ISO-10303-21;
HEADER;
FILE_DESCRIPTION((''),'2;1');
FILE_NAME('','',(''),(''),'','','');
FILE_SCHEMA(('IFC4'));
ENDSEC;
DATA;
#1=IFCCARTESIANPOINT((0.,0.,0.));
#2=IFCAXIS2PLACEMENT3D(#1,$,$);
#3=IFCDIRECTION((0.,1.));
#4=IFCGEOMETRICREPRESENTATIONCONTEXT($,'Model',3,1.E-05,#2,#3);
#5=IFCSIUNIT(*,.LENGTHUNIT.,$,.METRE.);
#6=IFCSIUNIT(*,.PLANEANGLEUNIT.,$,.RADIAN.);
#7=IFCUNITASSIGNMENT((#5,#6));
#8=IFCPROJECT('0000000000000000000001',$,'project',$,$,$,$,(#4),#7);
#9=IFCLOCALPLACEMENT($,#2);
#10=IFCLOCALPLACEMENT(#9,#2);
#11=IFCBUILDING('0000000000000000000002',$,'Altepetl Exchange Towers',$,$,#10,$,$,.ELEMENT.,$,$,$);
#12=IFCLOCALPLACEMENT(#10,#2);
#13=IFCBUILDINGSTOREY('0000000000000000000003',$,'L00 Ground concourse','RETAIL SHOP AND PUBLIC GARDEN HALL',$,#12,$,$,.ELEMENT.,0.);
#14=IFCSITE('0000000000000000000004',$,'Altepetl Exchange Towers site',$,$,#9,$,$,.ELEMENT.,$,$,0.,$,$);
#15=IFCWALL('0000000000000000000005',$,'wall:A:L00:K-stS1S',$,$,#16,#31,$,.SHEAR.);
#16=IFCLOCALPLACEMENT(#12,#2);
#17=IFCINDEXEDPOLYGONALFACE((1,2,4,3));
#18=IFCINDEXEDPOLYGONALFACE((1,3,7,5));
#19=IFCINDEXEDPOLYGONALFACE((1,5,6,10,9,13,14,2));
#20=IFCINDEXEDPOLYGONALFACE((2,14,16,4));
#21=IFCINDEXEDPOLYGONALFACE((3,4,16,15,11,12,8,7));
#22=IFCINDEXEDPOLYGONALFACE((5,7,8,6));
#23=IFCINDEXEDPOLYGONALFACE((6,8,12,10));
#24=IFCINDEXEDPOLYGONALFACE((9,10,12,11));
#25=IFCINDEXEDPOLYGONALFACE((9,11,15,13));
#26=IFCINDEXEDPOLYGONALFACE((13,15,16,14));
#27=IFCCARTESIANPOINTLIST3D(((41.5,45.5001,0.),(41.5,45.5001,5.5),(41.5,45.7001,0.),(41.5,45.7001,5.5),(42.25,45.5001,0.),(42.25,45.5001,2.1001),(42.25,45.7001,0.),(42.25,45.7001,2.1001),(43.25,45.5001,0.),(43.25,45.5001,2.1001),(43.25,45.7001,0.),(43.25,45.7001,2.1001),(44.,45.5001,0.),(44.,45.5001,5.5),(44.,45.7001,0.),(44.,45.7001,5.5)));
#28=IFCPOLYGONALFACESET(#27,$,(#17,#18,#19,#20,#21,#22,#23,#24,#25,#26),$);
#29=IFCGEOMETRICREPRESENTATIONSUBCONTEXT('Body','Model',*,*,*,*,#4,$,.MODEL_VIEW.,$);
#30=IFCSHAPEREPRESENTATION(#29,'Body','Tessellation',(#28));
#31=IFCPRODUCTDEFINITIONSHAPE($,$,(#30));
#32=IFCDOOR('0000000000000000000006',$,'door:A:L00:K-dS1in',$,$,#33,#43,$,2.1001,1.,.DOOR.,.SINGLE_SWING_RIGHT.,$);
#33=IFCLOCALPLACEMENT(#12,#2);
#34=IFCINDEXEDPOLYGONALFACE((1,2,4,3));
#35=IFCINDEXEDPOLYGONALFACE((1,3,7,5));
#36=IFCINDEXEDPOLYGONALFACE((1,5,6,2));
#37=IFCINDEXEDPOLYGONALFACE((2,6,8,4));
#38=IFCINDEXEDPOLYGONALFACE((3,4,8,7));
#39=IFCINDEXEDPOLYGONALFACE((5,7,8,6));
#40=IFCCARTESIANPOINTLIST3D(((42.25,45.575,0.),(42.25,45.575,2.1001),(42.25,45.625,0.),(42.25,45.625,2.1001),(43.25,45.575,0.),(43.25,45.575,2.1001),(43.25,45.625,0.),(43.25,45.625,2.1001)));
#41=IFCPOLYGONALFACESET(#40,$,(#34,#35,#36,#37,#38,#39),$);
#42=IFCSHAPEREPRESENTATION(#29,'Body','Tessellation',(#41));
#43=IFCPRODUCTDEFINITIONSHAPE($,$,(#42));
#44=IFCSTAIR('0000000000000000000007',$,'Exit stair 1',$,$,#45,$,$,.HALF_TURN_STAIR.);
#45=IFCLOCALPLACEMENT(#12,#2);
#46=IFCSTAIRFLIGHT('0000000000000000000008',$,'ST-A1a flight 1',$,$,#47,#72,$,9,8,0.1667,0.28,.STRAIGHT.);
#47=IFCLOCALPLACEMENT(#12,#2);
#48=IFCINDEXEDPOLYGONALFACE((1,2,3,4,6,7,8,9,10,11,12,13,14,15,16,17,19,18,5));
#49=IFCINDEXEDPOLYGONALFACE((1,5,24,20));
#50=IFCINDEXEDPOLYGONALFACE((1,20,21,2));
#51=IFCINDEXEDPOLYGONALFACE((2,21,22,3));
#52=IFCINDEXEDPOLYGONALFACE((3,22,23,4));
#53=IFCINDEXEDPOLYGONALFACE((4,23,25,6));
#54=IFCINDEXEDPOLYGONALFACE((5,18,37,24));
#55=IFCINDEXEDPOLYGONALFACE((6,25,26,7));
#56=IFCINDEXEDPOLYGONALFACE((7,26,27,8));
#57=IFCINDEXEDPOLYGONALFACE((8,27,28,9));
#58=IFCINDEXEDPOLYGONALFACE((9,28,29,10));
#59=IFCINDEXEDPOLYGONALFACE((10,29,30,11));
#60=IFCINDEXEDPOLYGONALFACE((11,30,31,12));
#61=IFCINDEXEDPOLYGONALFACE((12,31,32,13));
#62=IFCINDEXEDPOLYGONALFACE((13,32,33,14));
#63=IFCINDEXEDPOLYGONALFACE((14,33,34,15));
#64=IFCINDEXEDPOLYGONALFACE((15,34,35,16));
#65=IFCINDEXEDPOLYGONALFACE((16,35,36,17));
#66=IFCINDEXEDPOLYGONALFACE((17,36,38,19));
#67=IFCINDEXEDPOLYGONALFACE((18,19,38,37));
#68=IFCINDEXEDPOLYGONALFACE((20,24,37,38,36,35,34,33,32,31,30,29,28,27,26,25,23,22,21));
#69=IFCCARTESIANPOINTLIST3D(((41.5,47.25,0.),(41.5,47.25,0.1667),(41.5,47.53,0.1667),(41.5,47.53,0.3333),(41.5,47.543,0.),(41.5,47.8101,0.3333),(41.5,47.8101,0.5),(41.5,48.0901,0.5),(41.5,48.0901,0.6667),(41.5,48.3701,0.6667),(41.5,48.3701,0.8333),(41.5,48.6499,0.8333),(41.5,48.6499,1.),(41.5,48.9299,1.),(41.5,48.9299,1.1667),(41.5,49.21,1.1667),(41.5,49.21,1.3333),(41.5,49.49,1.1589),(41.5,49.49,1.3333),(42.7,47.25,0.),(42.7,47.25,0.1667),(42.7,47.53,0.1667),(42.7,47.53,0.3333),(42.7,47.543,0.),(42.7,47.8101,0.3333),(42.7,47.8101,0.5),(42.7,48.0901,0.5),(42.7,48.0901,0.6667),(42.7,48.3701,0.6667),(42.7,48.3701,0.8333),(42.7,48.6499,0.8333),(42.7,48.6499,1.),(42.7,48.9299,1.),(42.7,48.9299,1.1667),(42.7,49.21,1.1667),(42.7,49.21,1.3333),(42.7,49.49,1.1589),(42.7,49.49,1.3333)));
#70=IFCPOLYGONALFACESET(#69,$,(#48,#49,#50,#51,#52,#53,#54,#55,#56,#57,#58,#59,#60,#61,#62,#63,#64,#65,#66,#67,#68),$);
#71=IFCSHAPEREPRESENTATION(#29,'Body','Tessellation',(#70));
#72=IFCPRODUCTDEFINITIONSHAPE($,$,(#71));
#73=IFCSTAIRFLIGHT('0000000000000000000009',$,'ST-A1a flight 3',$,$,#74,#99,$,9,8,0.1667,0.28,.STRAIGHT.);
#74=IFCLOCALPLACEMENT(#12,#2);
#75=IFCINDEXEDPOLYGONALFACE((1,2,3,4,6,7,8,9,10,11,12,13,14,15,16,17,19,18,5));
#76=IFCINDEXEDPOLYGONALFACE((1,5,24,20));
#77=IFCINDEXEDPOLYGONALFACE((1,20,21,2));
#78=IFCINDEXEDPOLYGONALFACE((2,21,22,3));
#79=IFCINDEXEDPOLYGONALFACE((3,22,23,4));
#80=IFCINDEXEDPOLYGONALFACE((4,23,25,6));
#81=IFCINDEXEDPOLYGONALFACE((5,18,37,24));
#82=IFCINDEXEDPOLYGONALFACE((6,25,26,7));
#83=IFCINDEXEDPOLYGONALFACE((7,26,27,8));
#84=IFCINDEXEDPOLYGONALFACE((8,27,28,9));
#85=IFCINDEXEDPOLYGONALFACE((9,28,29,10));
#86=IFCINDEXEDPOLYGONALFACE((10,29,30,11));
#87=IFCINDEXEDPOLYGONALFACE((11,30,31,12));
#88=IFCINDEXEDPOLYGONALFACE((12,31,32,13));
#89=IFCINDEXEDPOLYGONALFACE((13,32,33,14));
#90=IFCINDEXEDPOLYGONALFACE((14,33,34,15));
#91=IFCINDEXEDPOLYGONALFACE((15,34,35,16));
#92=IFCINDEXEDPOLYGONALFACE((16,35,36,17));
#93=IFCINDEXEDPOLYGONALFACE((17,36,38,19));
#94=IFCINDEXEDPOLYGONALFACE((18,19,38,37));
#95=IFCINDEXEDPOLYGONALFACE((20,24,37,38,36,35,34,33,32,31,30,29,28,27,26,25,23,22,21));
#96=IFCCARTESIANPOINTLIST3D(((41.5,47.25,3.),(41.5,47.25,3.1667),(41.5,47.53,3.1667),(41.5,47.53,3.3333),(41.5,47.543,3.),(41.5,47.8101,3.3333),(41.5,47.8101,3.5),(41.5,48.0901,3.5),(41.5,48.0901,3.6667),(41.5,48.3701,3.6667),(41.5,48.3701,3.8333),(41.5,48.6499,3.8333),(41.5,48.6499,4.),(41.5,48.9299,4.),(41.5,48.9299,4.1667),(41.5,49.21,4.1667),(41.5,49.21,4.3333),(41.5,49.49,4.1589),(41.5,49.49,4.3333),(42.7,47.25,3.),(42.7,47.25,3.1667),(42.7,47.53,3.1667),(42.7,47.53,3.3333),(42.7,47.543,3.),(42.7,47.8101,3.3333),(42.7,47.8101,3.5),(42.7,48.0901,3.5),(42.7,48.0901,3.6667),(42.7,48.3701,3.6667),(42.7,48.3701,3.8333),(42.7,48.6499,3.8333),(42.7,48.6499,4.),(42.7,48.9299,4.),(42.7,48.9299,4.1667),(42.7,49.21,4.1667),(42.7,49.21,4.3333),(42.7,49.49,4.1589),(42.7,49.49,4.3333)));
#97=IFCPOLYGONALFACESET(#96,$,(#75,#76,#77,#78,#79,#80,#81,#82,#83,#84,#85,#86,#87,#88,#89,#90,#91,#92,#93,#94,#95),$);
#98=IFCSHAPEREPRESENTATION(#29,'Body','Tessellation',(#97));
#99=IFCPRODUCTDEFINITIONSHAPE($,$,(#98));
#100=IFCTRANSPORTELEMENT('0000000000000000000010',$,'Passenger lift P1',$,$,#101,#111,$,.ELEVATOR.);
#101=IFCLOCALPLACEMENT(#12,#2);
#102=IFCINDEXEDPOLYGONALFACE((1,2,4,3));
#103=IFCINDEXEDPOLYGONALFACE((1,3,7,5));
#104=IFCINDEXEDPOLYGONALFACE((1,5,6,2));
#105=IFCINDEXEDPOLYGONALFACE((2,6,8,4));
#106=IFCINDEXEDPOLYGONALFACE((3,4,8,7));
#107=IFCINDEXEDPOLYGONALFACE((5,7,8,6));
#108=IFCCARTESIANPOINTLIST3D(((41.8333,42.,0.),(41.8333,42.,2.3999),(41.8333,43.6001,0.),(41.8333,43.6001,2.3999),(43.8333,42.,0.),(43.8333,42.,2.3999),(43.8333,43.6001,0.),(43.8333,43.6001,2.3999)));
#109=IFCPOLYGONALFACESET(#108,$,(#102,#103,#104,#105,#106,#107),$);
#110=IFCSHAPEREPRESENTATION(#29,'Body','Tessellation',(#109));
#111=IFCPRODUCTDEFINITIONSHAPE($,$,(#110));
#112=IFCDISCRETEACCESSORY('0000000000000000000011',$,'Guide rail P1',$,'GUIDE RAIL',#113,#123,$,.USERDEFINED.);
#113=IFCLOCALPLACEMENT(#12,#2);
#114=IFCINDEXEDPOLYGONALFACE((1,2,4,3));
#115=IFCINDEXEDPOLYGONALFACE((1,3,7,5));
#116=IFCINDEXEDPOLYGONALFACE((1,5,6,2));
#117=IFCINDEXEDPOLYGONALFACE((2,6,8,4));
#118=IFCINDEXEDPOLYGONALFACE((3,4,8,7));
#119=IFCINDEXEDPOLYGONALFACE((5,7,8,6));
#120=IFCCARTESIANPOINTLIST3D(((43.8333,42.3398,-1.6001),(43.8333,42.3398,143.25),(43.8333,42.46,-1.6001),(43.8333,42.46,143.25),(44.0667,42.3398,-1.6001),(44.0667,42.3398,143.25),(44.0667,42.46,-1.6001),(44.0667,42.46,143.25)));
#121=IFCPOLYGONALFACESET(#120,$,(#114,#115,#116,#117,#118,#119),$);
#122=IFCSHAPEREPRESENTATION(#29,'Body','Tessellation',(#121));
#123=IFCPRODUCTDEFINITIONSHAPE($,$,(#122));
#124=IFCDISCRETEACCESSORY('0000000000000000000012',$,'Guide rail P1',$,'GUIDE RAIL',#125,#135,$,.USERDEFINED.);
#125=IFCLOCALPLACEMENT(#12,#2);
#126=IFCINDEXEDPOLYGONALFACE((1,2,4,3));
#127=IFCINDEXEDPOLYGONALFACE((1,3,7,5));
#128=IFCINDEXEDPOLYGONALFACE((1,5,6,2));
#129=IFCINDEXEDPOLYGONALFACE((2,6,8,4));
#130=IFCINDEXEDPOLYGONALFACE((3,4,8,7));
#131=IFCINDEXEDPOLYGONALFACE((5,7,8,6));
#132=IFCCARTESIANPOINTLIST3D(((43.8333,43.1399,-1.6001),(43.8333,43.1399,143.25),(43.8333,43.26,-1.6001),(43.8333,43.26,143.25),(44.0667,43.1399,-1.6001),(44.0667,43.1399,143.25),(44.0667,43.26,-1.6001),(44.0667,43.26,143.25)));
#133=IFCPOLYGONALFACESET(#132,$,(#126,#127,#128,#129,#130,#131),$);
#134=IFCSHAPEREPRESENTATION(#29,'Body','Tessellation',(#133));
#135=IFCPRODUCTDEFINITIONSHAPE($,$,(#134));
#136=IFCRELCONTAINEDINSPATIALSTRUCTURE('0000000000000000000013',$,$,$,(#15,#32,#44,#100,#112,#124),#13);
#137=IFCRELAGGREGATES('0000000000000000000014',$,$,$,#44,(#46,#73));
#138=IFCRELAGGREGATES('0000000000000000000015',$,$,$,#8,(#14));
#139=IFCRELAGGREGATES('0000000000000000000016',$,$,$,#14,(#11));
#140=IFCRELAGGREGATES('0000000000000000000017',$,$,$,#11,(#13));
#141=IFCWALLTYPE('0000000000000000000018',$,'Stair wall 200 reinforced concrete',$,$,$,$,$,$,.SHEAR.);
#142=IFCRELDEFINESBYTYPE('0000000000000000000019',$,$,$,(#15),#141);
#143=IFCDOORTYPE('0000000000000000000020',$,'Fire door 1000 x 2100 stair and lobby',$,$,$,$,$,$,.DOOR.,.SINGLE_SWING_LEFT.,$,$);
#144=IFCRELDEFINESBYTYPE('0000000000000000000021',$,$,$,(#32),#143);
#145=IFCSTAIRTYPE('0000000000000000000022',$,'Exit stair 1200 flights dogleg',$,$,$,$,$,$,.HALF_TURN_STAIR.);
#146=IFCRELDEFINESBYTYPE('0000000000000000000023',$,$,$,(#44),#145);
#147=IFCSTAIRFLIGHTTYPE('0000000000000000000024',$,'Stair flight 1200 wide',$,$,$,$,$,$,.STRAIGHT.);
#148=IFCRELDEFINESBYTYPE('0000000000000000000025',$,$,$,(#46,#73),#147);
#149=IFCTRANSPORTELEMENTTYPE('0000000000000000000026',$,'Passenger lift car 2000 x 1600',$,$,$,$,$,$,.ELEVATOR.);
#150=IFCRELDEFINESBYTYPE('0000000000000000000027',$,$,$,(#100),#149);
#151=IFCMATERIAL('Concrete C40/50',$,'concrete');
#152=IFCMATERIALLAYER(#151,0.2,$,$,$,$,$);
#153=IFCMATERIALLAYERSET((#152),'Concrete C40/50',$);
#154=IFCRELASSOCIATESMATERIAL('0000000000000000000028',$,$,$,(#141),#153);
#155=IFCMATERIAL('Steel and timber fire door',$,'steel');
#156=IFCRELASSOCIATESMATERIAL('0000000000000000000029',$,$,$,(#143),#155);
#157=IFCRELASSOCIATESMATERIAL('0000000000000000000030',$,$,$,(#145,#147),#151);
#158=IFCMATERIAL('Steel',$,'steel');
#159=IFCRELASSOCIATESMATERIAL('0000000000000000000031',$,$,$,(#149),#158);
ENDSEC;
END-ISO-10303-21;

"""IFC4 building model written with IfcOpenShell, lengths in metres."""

from ifc_helpers import new_model, si_unit, direction, frame, frame_2d, origin, origin_2d, place, context, subcontext, project, spatial, polyline, rectangle, outline, extrude, material, layer, layer_set, type_object, element, fill, aggregate, save


model = new_model("IFC4")

# Units and contexts
model_context = context("Model", 3, precision=1e-05, world=origin(), true_north=direction((0.0, 1.0)))
body_context = subcontext(model_context, "Body", "Model", "MODEL_VIEW")
ifc_project = project(units=[si_unit("LENGTHUNIT", "METRE"), si_unit("PLANEANGLEUNIT", "RADIAN")], contexts=[model_context])

# Site, building, storey
site_placement = place(None, origin())
site = spatial("IfcSite", under=ifc_project, at=site_placement, Name="Altepetl Exchange Towers site", CompositionType="ELEMENT", RefElevation=0.0)
building_placement = place(site_placement, origin())
building = spatial("IfcBuilding", under=site, at=building_placement, Name="Altepetl Exchange Towers", CompositionType="ELEMENT")
storey_placement = place(building_placement, origin())
storey = spatial("IfcBuildingStorey", under=building, at=storey_placement, Name="L00 Ground concourse", Description="RETAIL SHOP AND PUBLIC GARDEN HALL", CompositionType="ELEMENT", Elevation=0.0)

# Shared definitions
ifc_material_1 = material(Name="Steel and timber fire door", Category="steel")

# Shared definitions
ifc_material_2 = material(Name="Concrete C40/50", Category="concrete")

# Wall, opening, door
ifc_layer_1 = layer(ifc_material_2, 0.2)
ifc_layer_set_1 = layer_set([ifc_layer_1], Name="Concrete C40/50")
wall_type_1 = type_object("IfcWallType", Name="Stair wall 200 reinforced concrete", PredefinedType="SHEAR", material=ifc_layer_set_1)
wall_1_placement = place(storey_placement, frame((41.5, 45.6001, 0.0)))
wall_1 = element("IfcWall", 1, at=wall_1_placement, inside=storey, type_object=wall_type_1, Name="wall:A:L00:K-stS1S", PredefinedType="SHEAR", context=body_context, shape_type="SweptSolid", body=[
    extrude(rectangle(XDim=2.5, YDim=0.2, at=frame_2d((1.25, 0.0))), origin(), (0.0, 0.0, 1.0), 5.5),
])
opening_1_placement = place(wall_1_placement, frame((0.75, 0.0, 0.0)))
opening_1 = element("IfcOpeningElement", 2, at=opening_1_placement, cuts=wall_1, PredefinedType="OPENING", context=body_context, shape_type="SweptSolid", body=[
    extrude(rectangle(XDim=1.0, YDim=2.1001, at=frame_2d((0.5, 1.05))), frame((0.0, 0.1099, 0.0), z_axis=(0.0, -1.0, 0.0), x_axis=(1.0, 0.0, 0.0)), (0.0, 0.0, 1.0), 0.22),
])
door_type_1 = type_object("IfcDoorType", Name="Fire door 1000 x 2100 stair and lobby", OperationType="SINGLE_SWING_LEFT", PredefinedType="DOOR", material=ifc_material_1)
door_1_placement = place(opening_1_placement, origin())
door_1 = element("IfcDoor", 3, at=door_1_placement, inside=storey, type_object=door_type_1, Name="door:A:L00:K-dS1in", OperationType="SINGLE_SWING_RIGHT", OverallHeight=2.1001, OverallWidth=1.0, PredefinedType="DOOR", context=body_context, shape_type="SweptSolid", body=[
    extrude(rectangle(XDim=1.0, YDim=2.1001, at=frame_2d((0.5, 1.05))), frame((0.0, 0.0249, 0.0), z_axis=(0.0, -1.0, 0.0), x_axis=(1.0, 0.0, 0.0)), (0.0, 0.0, 1.0), 0.05),
])
fill(opening_1, door_1)

# Stair, stair flights
stair_type = type_object("IfcStairType", Name="Exit stair 1200 flights dogleg", PredefinedType="HALF_TURN_STAIR", material=ifc_material_2)
stair_placement = place(storey_placement, origin())
stair = element("IfcStair", 4, at=stair_placement, inside=storey, type_object=stair_type, Name="Exit stair 1", PredefinedType="HALF_TURN_STAIR")
stair_flight_type = type_object("IfcStairFlightType", Name="Stair flight 1200 wide", PredefinedType="STRAIGHT", material=ifc_material_2)
stair_flight_1_placement = place(storey_placement, frame((42.1001, 47.25, 0.0), z_axis=(0.0, 0.0, 1.0), x_axis=(0.0, 1.0, 0.0)))
stair_flight_1 = element("IfcStairFlight", 5, at=stair_flight_1_placement, type_object=stair_flight_type, Name="ST-A1a flight 1", NumberOfRisers=9, NumberOfTreads=8, PredefinedType="STRAIGHT", RiserHeight=0.1667, TreadLength=0.28, context=body_context, shape_type="SweptSolid", body=[
    extrude(outline(polyline([(0.0, 0.0), (0.0, 0.1667), (0.28, 0.1667), (0.28, 0.3333), (0.5601, 0.3333), (0.5601, 0.5), (0.8401, 0.5), (0.8401, 0.6667), (1.1201, 0.6667), (1.1201, 0.8333), (1.3999, 0.8333), (1.3999, 1.0), (1.6799, 1.0), (1.6799, 1.1667), (1.96, 1.1667), (1.96, 1.3333), (2.24, 1.3333), (2.24, 1.5), (2.24, 1.1589), (0.293, 0.0), (0.0, 0.0)])), frame((0.0, 0.6001, 0.0), z_axis=(0.0, -1.0, 0.0), x_axis=(1.0, 0.0, 0.0)), (0.0, 0.0, 1.0), 1.2),
])
stair_flight_2_placement = place(storey_placement, frame((42.1001, 47.25, 3.0), z_axis=(0.0, 0.0, 1.0), x_axis=(0.0, 1.0, 0.0)))
stair_flight_2 = element("IfcStairFlight", 6, at=stair_flight_2_placement, type_object=stair_flight_type, Name="ST-A1a flight 3", NumberOfRisers=9, NumberOfTreads=8, PredefinedType="STRAIGHT", RiserHeight=0.1667, TreadLength=0.28, context=body_context, shape_type="SweptSolid", body=[
    extrude(outline(polyline([(0.0, 0.0), (0.0, 0.1667), (0.28, 0.1667), (0.28, 0.3333), (0.5601, 0.3333), (0.5601, 0.5), (0.8401, 0.5), (0.8401, 0.6667), (1.1201, 0.6667), (1.1201, 0.8333), (1.3999, 0.8333), (1.3999, 1.0), (1.6799, 1.0), (1.6799, 1.1667), (1.96, 1.1667), (1.96, 1.3333), (2.24, 1.3333), (2.24, 1.5), (2.24, 1.1589), (0.293, 0.0), (0.0, 0.0)])), frame((0.0, 0.6001, 0.0), z_axis=(0.0, -1.0, 0.0), x_axis=(1.0, 0.0, 0.0)), (0.0, 0.0, 1.0), 1.2),
])
aggregate(stair, [stair_flight_1, stair_flight_2])

# Transport element
ifc_material_3 = material(Name="Steel", Category="steel")
transport_element_type = type_object("IfcTransportElementType", Name="Passenger lift car 2000 x 1600", PredefinedType="ELEVATOR", material=ifc_material_3)
transport_element_placement = place(storey_placement, frame((42.8333, 42.8, 0.0)))
element("IfcTransportElement", 7, at=transport_element_placement, inside=storey, type_object=transport_element_type, Name="Passenger lift P1", PredefinedType="ELEVATOR", context=body_context, shape_type="SweptSolid", body=[
    extrude(rectangle(XDim=2.0, YDim=1.6001, at=origin_2d()), origin(), (0.0, 0.0, 1.0), 2.3999),
])

# Discrete accessories
for number, where, name in (
    (8, (43.95, 42.3999, -1.6001), "Guide rail P1"),
    (9, (43.95, 43.2, -1.6001), "Guide rail P1"),
):
    element("IfcDiscreteAccessory", number, at=place(storey_placement, frame(where)), inside=storey, Name=name, ObjectType="GUIDE RAIL", PredefinedType="USERDEFINED", context=body_context, shape_type="SweptSolid", body=[
        extrude(rectangle(XDim=0.2334, YDim=0.1201, at=origin_2d()), origin(), (0.0, 0.0, 1.0), 144.8501),
    ])

save(model, "model.ifc")
